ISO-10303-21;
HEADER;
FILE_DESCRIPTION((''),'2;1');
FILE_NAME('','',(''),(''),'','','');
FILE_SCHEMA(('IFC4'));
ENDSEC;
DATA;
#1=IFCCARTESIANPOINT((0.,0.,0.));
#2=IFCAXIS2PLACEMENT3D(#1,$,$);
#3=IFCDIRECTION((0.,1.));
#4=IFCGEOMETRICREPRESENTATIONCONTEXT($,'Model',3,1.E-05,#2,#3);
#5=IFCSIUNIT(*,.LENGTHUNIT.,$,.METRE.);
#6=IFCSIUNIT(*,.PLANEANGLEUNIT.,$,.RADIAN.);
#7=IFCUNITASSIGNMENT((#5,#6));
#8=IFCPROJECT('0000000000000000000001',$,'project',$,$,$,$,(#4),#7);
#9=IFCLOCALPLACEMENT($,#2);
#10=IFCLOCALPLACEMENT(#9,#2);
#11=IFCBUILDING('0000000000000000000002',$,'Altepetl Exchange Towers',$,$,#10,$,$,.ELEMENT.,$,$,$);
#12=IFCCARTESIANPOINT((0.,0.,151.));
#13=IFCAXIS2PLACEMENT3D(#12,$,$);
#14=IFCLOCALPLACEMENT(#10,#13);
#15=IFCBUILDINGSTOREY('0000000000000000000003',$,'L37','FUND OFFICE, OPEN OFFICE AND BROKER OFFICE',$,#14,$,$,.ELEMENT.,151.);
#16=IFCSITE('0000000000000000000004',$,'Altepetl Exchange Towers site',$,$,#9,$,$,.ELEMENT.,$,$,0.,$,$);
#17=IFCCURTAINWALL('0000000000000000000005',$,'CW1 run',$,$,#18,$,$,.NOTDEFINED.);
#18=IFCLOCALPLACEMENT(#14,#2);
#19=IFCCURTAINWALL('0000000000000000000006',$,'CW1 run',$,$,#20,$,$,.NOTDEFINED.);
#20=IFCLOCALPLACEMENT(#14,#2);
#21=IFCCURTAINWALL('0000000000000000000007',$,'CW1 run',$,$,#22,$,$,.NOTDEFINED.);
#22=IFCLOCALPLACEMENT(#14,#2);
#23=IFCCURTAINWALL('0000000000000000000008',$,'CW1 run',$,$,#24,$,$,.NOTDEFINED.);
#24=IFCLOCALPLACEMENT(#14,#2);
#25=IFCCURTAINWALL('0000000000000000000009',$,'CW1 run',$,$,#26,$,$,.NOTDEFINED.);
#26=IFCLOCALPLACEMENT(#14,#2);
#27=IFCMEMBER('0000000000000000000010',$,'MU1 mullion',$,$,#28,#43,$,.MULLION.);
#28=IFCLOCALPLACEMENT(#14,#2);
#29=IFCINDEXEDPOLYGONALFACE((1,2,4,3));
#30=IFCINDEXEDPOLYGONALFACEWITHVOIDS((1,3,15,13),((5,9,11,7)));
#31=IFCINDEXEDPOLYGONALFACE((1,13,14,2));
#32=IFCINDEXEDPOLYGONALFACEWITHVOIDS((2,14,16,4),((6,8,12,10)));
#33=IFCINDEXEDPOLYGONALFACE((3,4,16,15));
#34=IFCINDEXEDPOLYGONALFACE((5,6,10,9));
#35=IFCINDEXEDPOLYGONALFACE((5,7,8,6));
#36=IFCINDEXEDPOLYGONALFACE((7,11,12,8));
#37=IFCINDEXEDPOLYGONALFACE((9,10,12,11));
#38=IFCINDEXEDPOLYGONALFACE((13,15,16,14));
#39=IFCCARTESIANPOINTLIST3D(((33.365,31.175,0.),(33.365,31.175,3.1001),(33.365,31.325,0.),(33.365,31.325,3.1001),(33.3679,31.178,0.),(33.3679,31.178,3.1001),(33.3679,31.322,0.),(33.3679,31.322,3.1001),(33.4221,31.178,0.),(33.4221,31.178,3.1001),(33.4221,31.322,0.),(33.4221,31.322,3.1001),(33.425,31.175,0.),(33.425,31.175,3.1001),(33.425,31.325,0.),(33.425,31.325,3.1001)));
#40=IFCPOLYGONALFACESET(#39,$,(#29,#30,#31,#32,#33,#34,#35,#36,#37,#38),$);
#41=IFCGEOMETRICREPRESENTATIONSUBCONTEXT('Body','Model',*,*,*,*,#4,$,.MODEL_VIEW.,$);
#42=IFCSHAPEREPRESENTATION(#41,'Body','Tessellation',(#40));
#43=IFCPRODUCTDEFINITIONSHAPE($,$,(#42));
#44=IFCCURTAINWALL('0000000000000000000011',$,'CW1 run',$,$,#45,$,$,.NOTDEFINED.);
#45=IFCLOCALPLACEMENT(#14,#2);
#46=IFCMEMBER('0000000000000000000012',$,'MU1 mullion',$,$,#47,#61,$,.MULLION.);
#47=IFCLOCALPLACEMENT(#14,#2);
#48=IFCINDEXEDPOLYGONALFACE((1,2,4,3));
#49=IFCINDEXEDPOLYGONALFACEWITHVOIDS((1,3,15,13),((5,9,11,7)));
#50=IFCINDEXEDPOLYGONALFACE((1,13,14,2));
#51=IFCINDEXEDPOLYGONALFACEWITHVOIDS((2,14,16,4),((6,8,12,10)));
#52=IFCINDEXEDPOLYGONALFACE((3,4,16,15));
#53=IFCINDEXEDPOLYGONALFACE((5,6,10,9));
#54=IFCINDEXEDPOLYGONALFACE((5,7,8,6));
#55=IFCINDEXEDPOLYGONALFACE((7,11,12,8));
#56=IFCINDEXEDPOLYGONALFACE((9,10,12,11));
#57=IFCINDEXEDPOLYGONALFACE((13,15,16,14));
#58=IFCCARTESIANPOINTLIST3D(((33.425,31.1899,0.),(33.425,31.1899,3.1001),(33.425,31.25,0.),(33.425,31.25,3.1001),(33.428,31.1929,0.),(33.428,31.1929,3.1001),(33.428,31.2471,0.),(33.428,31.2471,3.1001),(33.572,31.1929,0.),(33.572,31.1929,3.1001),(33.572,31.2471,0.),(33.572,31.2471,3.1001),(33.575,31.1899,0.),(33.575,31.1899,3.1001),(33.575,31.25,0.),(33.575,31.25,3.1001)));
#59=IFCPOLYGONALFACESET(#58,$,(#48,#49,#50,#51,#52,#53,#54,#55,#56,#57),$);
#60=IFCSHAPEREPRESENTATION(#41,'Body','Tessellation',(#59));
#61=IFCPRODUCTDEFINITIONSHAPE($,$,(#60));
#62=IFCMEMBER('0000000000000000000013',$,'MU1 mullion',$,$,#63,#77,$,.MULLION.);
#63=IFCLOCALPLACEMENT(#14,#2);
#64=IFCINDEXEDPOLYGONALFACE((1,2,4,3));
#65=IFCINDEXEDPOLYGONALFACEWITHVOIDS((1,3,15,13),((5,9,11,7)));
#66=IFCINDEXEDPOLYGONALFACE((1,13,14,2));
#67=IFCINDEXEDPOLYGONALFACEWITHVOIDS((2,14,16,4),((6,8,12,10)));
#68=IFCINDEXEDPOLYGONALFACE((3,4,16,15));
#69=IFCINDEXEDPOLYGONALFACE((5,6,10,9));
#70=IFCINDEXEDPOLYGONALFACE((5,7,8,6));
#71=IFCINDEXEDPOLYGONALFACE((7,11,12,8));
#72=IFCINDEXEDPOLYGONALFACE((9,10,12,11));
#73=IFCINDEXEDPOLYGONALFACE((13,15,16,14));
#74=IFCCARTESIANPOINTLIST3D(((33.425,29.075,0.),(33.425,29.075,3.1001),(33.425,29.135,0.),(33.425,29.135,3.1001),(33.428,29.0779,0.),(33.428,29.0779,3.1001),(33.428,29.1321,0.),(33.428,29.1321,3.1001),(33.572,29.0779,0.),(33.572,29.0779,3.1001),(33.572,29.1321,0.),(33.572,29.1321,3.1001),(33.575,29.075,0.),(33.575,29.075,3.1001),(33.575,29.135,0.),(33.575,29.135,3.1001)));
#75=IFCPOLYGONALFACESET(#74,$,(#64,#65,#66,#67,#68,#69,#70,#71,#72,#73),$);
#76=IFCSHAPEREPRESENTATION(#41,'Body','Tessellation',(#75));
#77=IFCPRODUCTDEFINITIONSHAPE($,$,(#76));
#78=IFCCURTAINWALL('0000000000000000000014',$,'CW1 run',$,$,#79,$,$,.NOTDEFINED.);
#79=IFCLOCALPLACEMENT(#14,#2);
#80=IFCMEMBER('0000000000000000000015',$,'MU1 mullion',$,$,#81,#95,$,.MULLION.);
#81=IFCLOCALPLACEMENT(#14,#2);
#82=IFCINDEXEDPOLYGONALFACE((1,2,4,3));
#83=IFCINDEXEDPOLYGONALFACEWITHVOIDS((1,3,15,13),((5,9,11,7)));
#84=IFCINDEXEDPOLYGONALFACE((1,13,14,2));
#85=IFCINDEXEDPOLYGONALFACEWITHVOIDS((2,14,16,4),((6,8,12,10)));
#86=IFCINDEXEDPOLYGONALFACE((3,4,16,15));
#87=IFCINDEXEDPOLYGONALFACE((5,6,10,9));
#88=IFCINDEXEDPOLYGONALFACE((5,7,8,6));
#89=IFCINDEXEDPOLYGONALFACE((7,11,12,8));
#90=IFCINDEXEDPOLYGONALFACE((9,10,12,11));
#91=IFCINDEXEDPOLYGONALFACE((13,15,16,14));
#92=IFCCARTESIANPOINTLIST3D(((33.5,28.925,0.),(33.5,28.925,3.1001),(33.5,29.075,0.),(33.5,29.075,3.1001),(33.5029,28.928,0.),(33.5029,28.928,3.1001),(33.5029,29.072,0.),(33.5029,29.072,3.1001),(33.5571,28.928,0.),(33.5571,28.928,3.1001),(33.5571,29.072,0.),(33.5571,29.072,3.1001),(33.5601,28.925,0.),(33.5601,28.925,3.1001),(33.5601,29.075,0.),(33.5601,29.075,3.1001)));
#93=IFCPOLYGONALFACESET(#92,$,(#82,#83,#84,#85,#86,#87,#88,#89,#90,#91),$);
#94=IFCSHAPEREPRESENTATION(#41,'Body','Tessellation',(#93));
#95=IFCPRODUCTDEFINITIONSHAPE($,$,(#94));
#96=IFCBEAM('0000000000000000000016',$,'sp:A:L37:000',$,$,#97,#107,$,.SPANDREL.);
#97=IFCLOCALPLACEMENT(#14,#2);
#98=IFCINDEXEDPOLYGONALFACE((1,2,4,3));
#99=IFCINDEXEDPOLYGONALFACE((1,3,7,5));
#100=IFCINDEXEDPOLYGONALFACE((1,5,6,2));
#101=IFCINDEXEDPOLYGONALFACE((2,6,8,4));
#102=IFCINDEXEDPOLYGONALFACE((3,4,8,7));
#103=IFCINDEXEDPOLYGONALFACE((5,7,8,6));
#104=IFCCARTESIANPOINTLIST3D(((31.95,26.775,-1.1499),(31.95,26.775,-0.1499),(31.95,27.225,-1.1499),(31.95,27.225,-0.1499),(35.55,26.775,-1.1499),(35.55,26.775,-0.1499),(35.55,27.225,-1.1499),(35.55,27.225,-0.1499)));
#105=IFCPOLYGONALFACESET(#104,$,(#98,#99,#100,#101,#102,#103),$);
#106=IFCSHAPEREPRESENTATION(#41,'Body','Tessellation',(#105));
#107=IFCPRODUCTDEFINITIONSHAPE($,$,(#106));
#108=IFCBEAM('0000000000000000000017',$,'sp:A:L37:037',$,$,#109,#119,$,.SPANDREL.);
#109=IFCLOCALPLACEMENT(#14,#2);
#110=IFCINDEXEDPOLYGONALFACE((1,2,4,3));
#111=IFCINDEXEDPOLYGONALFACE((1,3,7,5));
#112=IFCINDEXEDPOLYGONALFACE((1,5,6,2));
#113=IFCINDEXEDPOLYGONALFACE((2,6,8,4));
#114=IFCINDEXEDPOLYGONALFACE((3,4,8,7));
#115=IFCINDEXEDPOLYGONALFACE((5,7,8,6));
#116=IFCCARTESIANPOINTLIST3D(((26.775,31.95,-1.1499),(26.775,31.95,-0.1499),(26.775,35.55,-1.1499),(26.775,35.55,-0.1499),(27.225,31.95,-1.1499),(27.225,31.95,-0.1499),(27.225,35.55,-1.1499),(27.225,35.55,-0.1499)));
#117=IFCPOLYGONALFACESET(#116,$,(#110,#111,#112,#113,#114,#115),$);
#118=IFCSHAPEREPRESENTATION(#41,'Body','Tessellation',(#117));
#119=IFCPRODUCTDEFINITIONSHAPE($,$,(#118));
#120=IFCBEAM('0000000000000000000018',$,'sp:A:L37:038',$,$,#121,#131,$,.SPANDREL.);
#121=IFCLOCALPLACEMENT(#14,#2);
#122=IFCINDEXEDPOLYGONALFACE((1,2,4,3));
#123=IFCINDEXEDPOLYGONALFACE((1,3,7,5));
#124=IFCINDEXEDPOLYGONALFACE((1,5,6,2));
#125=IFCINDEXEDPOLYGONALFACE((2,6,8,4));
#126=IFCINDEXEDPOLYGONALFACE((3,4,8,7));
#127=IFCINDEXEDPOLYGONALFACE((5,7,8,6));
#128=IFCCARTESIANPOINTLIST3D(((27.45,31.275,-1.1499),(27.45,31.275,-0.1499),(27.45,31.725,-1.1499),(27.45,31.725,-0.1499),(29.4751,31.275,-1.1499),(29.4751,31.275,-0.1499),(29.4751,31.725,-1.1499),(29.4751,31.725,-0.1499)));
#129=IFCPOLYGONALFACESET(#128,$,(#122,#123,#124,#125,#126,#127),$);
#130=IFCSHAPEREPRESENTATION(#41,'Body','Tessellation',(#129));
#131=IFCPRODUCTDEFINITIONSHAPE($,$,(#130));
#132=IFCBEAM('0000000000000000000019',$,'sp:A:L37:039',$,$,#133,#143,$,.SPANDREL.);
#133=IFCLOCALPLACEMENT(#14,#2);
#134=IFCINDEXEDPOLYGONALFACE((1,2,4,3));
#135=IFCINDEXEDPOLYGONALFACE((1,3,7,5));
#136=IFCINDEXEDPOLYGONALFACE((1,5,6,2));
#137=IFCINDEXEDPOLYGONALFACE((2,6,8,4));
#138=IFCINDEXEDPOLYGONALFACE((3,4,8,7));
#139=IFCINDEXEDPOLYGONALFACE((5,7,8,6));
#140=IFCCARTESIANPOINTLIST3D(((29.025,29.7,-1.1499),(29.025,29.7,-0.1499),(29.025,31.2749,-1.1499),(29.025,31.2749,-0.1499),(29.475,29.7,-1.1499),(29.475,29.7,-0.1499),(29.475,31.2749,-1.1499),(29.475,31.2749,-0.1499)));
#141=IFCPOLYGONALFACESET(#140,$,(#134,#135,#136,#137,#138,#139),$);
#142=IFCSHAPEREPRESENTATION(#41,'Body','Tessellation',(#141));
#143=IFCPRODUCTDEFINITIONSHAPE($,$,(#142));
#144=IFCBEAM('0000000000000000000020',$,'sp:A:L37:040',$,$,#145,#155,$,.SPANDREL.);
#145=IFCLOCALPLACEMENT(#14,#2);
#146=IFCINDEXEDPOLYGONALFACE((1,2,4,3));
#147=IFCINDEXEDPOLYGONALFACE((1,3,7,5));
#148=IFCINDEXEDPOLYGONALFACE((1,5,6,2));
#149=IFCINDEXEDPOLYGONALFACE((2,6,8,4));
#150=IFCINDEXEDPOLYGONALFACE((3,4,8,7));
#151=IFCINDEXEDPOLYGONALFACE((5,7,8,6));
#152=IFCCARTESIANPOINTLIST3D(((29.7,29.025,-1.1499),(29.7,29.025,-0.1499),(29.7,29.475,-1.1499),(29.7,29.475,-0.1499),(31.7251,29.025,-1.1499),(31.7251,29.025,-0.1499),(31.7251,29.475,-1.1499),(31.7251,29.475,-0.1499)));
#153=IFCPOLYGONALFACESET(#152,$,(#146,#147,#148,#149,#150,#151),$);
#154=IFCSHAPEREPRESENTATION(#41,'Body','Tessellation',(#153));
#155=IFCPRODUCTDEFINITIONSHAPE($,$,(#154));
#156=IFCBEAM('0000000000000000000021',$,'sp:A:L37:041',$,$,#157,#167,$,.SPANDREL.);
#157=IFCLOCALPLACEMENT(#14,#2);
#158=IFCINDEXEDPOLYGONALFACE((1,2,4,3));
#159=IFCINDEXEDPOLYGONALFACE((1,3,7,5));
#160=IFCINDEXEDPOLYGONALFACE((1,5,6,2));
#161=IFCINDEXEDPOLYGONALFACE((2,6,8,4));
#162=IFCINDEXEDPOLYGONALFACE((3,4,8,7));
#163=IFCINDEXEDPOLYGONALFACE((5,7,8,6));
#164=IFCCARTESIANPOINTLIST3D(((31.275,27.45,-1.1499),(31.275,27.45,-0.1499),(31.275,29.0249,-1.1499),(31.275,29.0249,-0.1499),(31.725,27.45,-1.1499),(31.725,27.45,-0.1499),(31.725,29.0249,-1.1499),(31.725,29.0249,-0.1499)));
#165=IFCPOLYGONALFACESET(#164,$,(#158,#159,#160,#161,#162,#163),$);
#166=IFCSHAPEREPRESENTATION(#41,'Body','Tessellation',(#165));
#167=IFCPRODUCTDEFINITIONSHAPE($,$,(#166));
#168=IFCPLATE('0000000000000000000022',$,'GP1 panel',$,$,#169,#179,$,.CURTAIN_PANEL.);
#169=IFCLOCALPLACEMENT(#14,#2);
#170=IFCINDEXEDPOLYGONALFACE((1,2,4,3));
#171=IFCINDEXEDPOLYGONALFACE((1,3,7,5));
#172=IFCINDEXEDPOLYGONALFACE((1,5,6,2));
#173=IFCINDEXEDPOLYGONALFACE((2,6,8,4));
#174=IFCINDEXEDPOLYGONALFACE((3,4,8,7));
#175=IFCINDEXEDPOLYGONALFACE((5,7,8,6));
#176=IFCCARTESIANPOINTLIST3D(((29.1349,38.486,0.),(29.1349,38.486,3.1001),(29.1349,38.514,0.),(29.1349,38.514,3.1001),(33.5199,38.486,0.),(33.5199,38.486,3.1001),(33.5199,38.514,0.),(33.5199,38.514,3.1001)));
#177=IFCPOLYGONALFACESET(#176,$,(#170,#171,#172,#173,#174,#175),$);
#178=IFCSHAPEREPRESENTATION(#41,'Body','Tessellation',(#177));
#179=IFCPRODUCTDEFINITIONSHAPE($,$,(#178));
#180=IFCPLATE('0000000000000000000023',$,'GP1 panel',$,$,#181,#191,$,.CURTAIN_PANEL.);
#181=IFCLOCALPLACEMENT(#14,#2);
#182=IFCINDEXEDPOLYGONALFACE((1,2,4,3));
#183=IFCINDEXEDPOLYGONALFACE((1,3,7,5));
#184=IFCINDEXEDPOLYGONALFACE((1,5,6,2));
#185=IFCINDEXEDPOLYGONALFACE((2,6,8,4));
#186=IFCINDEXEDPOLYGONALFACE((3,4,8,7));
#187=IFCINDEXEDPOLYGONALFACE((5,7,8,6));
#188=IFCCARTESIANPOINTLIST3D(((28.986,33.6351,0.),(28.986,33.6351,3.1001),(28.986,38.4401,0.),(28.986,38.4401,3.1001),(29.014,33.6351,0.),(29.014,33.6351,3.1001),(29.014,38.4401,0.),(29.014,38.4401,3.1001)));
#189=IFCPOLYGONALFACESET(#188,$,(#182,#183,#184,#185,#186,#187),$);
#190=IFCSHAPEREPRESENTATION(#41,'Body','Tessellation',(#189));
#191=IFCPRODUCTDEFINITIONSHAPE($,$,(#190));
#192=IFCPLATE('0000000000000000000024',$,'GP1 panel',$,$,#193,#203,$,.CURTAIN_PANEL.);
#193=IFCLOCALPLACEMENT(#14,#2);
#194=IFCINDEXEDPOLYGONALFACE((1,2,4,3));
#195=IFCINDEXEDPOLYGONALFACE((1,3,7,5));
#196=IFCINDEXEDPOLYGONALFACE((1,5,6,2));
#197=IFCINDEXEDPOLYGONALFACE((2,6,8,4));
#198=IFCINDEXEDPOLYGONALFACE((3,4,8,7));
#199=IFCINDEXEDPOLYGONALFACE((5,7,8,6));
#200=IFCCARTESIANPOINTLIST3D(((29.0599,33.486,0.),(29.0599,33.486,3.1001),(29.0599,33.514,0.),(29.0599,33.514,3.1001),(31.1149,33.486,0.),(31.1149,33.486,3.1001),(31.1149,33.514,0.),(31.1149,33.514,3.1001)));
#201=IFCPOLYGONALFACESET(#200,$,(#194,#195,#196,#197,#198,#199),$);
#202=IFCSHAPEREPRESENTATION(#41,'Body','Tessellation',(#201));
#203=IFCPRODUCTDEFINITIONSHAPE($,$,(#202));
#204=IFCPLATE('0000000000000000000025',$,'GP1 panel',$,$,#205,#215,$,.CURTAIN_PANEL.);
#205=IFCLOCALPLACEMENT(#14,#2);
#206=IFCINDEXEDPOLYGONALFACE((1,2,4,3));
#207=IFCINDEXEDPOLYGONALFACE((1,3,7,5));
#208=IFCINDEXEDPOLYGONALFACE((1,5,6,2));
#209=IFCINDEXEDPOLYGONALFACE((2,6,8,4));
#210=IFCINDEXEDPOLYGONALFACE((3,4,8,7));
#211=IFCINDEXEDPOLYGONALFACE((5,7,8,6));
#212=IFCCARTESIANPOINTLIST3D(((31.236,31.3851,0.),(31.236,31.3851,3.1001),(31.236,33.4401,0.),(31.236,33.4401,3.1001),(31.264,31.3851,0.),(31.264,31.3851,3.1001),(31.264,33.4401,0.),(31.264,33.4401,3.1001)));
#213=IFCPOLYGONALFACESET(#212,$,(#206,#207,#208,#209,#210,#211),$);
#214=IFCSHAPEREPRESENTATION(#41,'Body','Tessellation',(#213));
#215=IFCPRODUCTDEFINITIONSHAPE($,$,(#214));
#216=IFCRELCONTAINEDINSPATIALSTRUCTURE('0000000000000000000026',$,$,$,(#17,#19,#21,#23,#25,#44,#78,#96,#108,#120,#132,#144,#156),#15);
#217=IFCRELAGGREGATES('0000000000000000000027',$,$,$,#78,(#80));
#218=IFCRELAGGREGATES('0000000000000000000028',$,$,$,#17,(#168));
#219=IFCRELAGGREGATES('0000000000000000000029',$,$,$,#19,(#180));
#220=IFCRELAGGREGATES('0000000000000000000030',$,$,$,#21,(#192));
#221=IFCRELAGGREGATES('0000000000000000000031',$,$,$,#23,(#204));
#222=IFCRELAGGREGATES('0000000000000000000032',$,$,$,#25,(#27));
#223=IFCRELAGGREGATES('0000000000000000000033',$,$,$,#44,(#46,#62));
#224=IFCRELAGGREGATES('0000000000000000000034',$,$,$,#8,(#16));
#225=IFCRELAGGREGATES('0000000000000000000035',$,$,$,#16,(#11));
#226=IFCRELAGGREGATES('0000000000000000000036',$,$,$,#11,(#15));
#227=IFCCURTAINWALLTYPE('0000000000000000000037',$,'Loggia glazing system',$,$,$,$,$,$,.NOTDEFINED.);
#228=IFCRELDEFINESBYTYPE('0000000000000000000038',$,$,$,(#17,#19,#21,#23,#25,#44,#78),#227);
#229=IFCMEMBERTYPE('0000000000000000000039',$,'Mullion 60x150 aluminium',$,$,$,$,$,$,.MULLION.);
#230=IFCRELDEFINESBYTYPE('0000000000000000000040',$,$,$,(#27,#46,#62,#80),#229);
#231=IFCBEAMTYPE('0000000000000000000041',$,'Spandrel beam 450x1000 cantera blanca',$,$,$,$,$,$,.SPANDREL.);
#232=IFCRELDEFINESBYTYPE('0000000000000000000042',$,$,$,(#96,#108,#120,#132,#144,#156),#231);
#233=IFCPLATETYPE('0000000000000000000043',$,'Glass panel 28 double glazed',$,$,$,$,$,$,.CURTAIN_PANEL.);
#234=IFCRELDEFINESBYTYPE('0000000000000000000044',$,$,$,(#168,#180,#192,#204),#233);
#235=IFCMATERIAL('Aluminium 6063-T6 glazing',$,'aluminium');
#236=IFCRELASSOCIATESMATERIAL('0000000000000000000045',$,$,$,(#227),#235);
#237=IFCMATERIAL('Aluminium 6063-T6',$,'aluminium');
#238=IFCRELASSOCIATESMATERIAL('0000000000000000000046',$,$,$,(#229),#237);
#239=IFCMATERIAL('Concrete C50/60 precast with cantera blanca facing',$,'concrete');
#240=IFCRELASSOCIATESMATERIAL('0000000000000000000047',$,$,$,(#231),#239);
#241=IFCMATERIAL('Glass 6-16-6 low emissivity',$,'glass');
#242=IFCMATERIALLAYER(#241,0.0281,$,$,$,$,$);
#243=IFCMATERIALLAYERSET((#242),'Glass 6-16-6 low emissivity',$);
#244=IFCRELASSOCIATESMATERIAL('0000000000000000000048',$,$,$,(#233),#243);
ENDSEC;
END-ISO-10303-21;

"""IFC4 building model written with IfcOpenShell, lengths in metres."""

from ifc_helpers import new_model, si_unit, direction, frame, origin, origin_2d, place, context, subcontext, project, spatial, rectangle, hollow_rectangle, extrude, material, layer, layer_set, material_profile, profile_set, type_object, element, aggregate, save


model = new_model("IFC4")

# Units and contexts
model_context = context("Model", 3, precision=1e-05, world=origin(), true_north=direction((0.0, 1.0)))
body_context = subcontext(model_context, "Body", "Model", "MODEL_VIEW")
ifc_project = project(units=[si_unit("LENGTHUNIT", "METRE"), si_unit("PLANEANGLEUNIT", "RADIAN")], contexts=[model_context])

# Site, building, storey
site_placement = place(None, origin())
site = spatial("IfcSite", under=ifc_project, at=site_placement, Name="Altepetl Exchange Towers site", CompositionType="ELEMENT", RefElevation=0.0)
building_placement = place(site_placement, origin())
building = spatial("IfcBuilding", under=site, at=building_placement, Name="Altepetl Exchange Towers", CompositionType="ELEMENT")
storey_placement = place(building_placement, frame((0.0, 0.0, 151.0)))
storey = spatial("IfcBuildingStorey", under=building, at=storey_placement, Name="L37", Description="FUND OFFICE, OPEN OFFICE AND BROKER OFFICE", CompositionType="ELEMENT", Elevation=151.0)

# Curtain wall
ifc_material_1 = material(Name="Aluminium 6063-T6 glazing", Category="aluminium")
curtain_wall_type = type_object("IfcCurtainWallType", Name="Loggia glazing system", PredefinedType="NOTDEFINED", material=ifc_material_1)
curtain_wall_1_placement = place(storey_placement, origin())
curtain_wall_1 = element("IfcCurtainWall", 1, at=curtain_wall_1_placement, inside=storey, type_object=curtain_wall_type, Name="CW1 run", PredefinedType="NOTDEFINED")
ifc_material_2 = material(Name="Aluminium 6063-T6", Category="aluminium")
ifc_material_profile_1 = material_profile(ifc_material_2, hollow_rectangle(XDim=0.0601, YDim=0.1499, WallThickness=0.0029, at=origin_2d()), Name="Mullion 60x150 aluminium")
ifc_profile_set_1 = profile_set([ifc_material_profile_1], Name="Aluminium 6063-T6")
member_type = type_object("IfcMemberType", Name="Mullion 60x150 aluminium", PredefinedType="MULLION", material=ifc_profile_set_1)

# Curtain walls, members
curtain_wall_2_placement = place(storey_placement, origin())
curtain_wall_2 = element("IfcCurtainWall", 2, at=curtain_wall_2_placement, inside=storey, type_object=curtain_wall_type, Name="CW1 run", PredefinedType="NOTDEFINED")
curtain_wall_3_placement = place(storey_placement, origin())
curtain_wall_3 = element("IfcCurtainWall", 3, at=curtain_wall_3_placement, inside=storey, type_object=curtain_wall_type, Name="CW1 run", PredefinedType="NOTDEFINED")
curtain_wall_4_placement = place(storey_placement, origin())
curtain_wall_4 = element("IfcCurtainWall", 4, at=curtain_wall_4_placement, inside=storey, type_object=curtain_wall_type, Name="CW1 run", PredefinedType="NOTDEFINED")
curtain_wall_5_placement = place(storey_placement, origin())
curtain_wall_5 = element("IfcCurtainWall", 5, at=curtain_wall_5_placement, inside=storey, type_object=curtain_wall_type, Name="CW1 run", PredefinedType="NOTDEFINED")
member_1_placement = place(storey_placement, frame((33.395, 31.25, 0.0)))
member_1 = element("IfcMember", 6, at=member_1_placement, type_object=member_type, Name="MU1 mullion", PredefinedType="MULLION", context=body_context, shape_type="SweptSolid", body=[
    extrude(hollow_rectangle(XDim=0.0601, YDim=0.1499, WallThickness=0.0029, at=origin_2d()), origin(), (0.0, 0.0, 1.0), 3.1001),
])
curtain_wall_6_placement = place(storey_placement, origin())
curtain_wall_6 = element("IfcCurtainWall", 7, at=curtain_wall_6_placement, inside=storey, type_object=curtain_wall_type, Name="CW1 run", PredefinedType="NOTDEFINED")
member_2_placement = place(storey_placement, frame((33.5, 31.22, 0.0), z_axis=(0.0, 0.0, 1.0), x_axis=(0.0, -1.0, 0.0)))
member_2 = element("IfcMember", 8, at=member_2_placement, type_object=member_type, Name="MU1 mullion", PredefinedType="MULLION", context=body_context, shape_type="SweptSolid", body=[
    extrude(hollow_rectangle(XDim=0.0601, YDim=0.1499, WallThickness=0.0029, at=origin_2d()), origin(), (0.0, 0.0, 1.0), 3.1001),
])
member_3_placement = place(storey_placement, frame((33.5, 29.105, 0.0), z_axis=(0.0, 0.0, 1.0), x_axis=(0.0, -1.0, 0.0)))
member_3 = element("IfcMember", 9, at=member_3_placement, type_object=member_type, Name="MU1 mullion", PredefinedType="MULLION", context=body_context, shape_type="SweptSolid", body=[
    extrude(hollow_rectangle(XDim=0.0601, YDim=0.1499, WallThickness=0.0029, at=origin_2d()), origin(), (0.0, 0.0, 1.0), 3.1001),
])

# Curtain wall, member
curtain_wall_7_placement = place(storey_placement, origin())
curtain_wall_7 = element("IfcCurtainWall", 10, at=curtain_wall_7_placement, inside=storey, type_object=curtain_wall_type, Name="CW1 run", PredefinedType="NOTDEFINED")
member_4_placement = place(storey_placement, frame((33.53, 29.0, 0.0)))
member_4 = element("IfcMember", 11, at=member_4_placement, type_object=member_type, Name="MU1 mullion", PredefinedType="MULLION", context=body_context, shape_type="SweptSolid", body=[
    extrude(hollow_rectangle(XDim=0.0601, YDim=0.1499, WallThickness=0.0029, at=origin_2d()), origin(), (0.0, 0.0, 1.0), 3.1001),
])
aggregate(curtain_wall_7, [member_4])

# Beams
ifc_material_3 = material(Name="Concrete C50/60 precast with cantera blanca facing", Category="concrete")
ifc_material_profile_2 = material_profile(ifc_material_3, rectangle(XDim=0.45, YDim=1.0, at=origin_2d()), Name="450 x 1000")
ifc_profile_set_2 = profile_set([ifc_material_profile_2], Name="Concrete C50/60 precast with cantera blanca facing")
beam_type_1 = type_object("IfcBeamType", Name="Spandrel beam 450x1000 cantera blanca", PredefinedType="SPANDREL", material=ifc_profile_set_2)
for number, where, z_axis, x_axis, name in (
    (12, (31.95, 27.0, -0.6499), (1.0, 0.0, 0.0), (0.0, 1.0, 0.0), "sp:A:L37:000"),
    (13, (27.0, 35.55, -0.6499), (0.0, -1.0, 0.0), (1.0, 0.0, 0.0), "sp:A:L37:037"),
):
    element("IfcBeam", number, at=place(storey_placement, frame(where, z_axis=z_axis, x_axis=x_axis)), inside=storey, type_object=beam_type_1, Name=name, PredefinedType="SPANDREL", context=body_context, shape_type="SweptSolid", body=[
        extrude(rectangle(XDim=0.45, YDim=1.0, at=origin_2d()), origin(), (0.0, 0.0, 1.0), 3.6001),
    ])
beam_1_placement = place(storey_placement, frame((27.45, 31.5, -0.6499), z_axis=(1.0, 0.0, 0.0), x_axis=(0.0, 1.0, 0.0)))
element("IfcBeam", 14, at=beam_1_placement, inside=storey, type_object=beam_type_1, Name="sp:A:L37:038", PredefinedType="SPANDREL", context=body_context, shape_type="SweptSolid", body=[
    extrude(rectangle(XDim=0.45, YDim=1.0, at=origin_2d()), origin(), (0.0, 0.0, 1.0), 2.0251),
])
beam_2_placement = place(storey_placement, frame((29.25, 31.2749, -0.6499), z_axis=(0.0, -1.0, 0.0), x_axis=(1.0, 0.0, 0.0)))
element("IfcBeam", 15, at=beam_2_placement, inside=storey, type_object=beam_type_1, Name="sp:A:L37:039", PredefinedType="SPANDREL", context=body_context, shape_type="SweptSolid", body=[
    extrude(rectangle(XDim=0.45, YDim=1.0, at=origin_2d()), origin(), (0.0, 0.0, 1.0), 1.575),
])
beam_3_placement = place(storey_placement, frame((29.7, 29.25, -0.6499), z_axis=(1.0, 0.0, 0.0), x_axis=(0.0, 1.0, 0.0)))
element("IfcBeam", 16, at=beam_3_placement, inside=storey, type_object=beam_type_1, Name="sp:A:L37:040", PredefinedType="SPANDREL", context=body_context, shape_type="SweptSolid", body=[
    extrude(rectangle(XDim=0.45, YDim=1.0, at=origin_2d()), origin(), (0.0, 0.0, 1.0), 2.0251),
])
beam_4_placement = place(storey_placement, frame((31.5, 29.0249, -0.6499), z_axis=(0.0, -1.0, 0.0), x_axis=(1.0, 0.0, 0.0)))
element("IfcBeam", 17, at=beam_4_placement, inside=storey, type_object=beam_type_1, Name="sp:A:L37:041", PredefinedType="SPANDREL", context=body_context, shape_type="SweptSolid", body=[
    extrude(rectangle(XDim=0.45, YDim=1.0, at=origin_2d()), origin(), (0.0, 0.0, 1.0), 1.575),
])

# Plates
ifc_material_4 = material(Name="Glass 6-16-6 low emissivity", Category="glass")
ifc_layer = layer(ifc_material_4, 0.0281)
ifc_layer_set = layer_set([ifc_layer], Name="Glass 6-16-6 low emissivity")
plate_type = type_object("IfcPlateType", Name="Glass panel 28 double glazed", PredefinedType="CURTAIN_PANEL", material=ifc_layer_set)
plate_1_placement = place(storey_placement, frame((31.3274, 38.5, 0.0), z_axis=(0.0, 0.0, 1.0), x_axis=(-1.0, 0.0, 0.0)))
plate_1 = element("IfcPlate", 18, at=plate_1_placement, type_object=plate_type, Name="GP1 panel", PredefinedType="CURTAIN_PANEL", context=body_context, shape_type="SweptSolid", body=[
    extrude(rectangle(XDim=4.385, YDim=0.0281, at=origin_2d()), origin(), (0.0, 0.0, 1.0), 3.1001),
])
aggregate(curtain_wall_1, [plate_1])
plate_2_placement = place(storey_placement, frame((29.0, 36.0376, 0.0), z_axis=(0.0, 0.0, 1.0), x_axis=(0.0, -1.0, 0.0)))
plate_2 = element("IfcPlate", 19, at=plate_2_placement, type_object=plate_type, Name="GP1 panel", PredefinedType="CURTAIN_PANEL", context=body_context, shape_type="SweptSolid", body=[
    extrude(rectangle(XDim=4.8049, YDim=0.0281, at=origin_2d()), origin(), (0.0, 0.0, 1.0), 3.1001),
])
aggregate(curtain_wall_2, [plate_2])
plate_3_placement = place(storey_placement, frame((30.0874, 33.5, 0.0)))
plate_3 = element("IfcPlate", 20, at=plate_3_placement, type_object=plate_type, Name="GP1 panel", PredefinedType="CURTAIN_PANEL", context=body_context, shape_type="SweptSolid", body=[
    extrude(rectangle(XDim=2.0549, YDim=0.0281, at=origin_2d()), origin(), (0.0, 0.0, 1.0), 3.1001),
])
aggregate(curtain_wall_3, [plate_3])
plate_4_placement = place(storey_placement, frame((31.25, 32.4126, 0.0), z_axis=(0.0, 0.0, 1.0), x_axis=(0.0, -1.0, 0.0)))
plate_4 = element("IfcPlate", 21, at=plate_4_placement, type_object=plate_type, Name="GP1 panel", PredefinedType="CURTAIN_PANEL", context=body_context, shape_type="SweptSolid", body=[
    extrude(rectangle(XDim=2.0549, YDim=0.0281, at=origin_2d()), origin(), (0.0, 0.0, 1.0), 3.1001),
])
aggregate(curtain_wall_4, [plate_4])
aggregate(curtain_wall_5, [member_1])
aggregate(curtain_wall_6, [member_2, member_3])

save(model, "model.ifc")
